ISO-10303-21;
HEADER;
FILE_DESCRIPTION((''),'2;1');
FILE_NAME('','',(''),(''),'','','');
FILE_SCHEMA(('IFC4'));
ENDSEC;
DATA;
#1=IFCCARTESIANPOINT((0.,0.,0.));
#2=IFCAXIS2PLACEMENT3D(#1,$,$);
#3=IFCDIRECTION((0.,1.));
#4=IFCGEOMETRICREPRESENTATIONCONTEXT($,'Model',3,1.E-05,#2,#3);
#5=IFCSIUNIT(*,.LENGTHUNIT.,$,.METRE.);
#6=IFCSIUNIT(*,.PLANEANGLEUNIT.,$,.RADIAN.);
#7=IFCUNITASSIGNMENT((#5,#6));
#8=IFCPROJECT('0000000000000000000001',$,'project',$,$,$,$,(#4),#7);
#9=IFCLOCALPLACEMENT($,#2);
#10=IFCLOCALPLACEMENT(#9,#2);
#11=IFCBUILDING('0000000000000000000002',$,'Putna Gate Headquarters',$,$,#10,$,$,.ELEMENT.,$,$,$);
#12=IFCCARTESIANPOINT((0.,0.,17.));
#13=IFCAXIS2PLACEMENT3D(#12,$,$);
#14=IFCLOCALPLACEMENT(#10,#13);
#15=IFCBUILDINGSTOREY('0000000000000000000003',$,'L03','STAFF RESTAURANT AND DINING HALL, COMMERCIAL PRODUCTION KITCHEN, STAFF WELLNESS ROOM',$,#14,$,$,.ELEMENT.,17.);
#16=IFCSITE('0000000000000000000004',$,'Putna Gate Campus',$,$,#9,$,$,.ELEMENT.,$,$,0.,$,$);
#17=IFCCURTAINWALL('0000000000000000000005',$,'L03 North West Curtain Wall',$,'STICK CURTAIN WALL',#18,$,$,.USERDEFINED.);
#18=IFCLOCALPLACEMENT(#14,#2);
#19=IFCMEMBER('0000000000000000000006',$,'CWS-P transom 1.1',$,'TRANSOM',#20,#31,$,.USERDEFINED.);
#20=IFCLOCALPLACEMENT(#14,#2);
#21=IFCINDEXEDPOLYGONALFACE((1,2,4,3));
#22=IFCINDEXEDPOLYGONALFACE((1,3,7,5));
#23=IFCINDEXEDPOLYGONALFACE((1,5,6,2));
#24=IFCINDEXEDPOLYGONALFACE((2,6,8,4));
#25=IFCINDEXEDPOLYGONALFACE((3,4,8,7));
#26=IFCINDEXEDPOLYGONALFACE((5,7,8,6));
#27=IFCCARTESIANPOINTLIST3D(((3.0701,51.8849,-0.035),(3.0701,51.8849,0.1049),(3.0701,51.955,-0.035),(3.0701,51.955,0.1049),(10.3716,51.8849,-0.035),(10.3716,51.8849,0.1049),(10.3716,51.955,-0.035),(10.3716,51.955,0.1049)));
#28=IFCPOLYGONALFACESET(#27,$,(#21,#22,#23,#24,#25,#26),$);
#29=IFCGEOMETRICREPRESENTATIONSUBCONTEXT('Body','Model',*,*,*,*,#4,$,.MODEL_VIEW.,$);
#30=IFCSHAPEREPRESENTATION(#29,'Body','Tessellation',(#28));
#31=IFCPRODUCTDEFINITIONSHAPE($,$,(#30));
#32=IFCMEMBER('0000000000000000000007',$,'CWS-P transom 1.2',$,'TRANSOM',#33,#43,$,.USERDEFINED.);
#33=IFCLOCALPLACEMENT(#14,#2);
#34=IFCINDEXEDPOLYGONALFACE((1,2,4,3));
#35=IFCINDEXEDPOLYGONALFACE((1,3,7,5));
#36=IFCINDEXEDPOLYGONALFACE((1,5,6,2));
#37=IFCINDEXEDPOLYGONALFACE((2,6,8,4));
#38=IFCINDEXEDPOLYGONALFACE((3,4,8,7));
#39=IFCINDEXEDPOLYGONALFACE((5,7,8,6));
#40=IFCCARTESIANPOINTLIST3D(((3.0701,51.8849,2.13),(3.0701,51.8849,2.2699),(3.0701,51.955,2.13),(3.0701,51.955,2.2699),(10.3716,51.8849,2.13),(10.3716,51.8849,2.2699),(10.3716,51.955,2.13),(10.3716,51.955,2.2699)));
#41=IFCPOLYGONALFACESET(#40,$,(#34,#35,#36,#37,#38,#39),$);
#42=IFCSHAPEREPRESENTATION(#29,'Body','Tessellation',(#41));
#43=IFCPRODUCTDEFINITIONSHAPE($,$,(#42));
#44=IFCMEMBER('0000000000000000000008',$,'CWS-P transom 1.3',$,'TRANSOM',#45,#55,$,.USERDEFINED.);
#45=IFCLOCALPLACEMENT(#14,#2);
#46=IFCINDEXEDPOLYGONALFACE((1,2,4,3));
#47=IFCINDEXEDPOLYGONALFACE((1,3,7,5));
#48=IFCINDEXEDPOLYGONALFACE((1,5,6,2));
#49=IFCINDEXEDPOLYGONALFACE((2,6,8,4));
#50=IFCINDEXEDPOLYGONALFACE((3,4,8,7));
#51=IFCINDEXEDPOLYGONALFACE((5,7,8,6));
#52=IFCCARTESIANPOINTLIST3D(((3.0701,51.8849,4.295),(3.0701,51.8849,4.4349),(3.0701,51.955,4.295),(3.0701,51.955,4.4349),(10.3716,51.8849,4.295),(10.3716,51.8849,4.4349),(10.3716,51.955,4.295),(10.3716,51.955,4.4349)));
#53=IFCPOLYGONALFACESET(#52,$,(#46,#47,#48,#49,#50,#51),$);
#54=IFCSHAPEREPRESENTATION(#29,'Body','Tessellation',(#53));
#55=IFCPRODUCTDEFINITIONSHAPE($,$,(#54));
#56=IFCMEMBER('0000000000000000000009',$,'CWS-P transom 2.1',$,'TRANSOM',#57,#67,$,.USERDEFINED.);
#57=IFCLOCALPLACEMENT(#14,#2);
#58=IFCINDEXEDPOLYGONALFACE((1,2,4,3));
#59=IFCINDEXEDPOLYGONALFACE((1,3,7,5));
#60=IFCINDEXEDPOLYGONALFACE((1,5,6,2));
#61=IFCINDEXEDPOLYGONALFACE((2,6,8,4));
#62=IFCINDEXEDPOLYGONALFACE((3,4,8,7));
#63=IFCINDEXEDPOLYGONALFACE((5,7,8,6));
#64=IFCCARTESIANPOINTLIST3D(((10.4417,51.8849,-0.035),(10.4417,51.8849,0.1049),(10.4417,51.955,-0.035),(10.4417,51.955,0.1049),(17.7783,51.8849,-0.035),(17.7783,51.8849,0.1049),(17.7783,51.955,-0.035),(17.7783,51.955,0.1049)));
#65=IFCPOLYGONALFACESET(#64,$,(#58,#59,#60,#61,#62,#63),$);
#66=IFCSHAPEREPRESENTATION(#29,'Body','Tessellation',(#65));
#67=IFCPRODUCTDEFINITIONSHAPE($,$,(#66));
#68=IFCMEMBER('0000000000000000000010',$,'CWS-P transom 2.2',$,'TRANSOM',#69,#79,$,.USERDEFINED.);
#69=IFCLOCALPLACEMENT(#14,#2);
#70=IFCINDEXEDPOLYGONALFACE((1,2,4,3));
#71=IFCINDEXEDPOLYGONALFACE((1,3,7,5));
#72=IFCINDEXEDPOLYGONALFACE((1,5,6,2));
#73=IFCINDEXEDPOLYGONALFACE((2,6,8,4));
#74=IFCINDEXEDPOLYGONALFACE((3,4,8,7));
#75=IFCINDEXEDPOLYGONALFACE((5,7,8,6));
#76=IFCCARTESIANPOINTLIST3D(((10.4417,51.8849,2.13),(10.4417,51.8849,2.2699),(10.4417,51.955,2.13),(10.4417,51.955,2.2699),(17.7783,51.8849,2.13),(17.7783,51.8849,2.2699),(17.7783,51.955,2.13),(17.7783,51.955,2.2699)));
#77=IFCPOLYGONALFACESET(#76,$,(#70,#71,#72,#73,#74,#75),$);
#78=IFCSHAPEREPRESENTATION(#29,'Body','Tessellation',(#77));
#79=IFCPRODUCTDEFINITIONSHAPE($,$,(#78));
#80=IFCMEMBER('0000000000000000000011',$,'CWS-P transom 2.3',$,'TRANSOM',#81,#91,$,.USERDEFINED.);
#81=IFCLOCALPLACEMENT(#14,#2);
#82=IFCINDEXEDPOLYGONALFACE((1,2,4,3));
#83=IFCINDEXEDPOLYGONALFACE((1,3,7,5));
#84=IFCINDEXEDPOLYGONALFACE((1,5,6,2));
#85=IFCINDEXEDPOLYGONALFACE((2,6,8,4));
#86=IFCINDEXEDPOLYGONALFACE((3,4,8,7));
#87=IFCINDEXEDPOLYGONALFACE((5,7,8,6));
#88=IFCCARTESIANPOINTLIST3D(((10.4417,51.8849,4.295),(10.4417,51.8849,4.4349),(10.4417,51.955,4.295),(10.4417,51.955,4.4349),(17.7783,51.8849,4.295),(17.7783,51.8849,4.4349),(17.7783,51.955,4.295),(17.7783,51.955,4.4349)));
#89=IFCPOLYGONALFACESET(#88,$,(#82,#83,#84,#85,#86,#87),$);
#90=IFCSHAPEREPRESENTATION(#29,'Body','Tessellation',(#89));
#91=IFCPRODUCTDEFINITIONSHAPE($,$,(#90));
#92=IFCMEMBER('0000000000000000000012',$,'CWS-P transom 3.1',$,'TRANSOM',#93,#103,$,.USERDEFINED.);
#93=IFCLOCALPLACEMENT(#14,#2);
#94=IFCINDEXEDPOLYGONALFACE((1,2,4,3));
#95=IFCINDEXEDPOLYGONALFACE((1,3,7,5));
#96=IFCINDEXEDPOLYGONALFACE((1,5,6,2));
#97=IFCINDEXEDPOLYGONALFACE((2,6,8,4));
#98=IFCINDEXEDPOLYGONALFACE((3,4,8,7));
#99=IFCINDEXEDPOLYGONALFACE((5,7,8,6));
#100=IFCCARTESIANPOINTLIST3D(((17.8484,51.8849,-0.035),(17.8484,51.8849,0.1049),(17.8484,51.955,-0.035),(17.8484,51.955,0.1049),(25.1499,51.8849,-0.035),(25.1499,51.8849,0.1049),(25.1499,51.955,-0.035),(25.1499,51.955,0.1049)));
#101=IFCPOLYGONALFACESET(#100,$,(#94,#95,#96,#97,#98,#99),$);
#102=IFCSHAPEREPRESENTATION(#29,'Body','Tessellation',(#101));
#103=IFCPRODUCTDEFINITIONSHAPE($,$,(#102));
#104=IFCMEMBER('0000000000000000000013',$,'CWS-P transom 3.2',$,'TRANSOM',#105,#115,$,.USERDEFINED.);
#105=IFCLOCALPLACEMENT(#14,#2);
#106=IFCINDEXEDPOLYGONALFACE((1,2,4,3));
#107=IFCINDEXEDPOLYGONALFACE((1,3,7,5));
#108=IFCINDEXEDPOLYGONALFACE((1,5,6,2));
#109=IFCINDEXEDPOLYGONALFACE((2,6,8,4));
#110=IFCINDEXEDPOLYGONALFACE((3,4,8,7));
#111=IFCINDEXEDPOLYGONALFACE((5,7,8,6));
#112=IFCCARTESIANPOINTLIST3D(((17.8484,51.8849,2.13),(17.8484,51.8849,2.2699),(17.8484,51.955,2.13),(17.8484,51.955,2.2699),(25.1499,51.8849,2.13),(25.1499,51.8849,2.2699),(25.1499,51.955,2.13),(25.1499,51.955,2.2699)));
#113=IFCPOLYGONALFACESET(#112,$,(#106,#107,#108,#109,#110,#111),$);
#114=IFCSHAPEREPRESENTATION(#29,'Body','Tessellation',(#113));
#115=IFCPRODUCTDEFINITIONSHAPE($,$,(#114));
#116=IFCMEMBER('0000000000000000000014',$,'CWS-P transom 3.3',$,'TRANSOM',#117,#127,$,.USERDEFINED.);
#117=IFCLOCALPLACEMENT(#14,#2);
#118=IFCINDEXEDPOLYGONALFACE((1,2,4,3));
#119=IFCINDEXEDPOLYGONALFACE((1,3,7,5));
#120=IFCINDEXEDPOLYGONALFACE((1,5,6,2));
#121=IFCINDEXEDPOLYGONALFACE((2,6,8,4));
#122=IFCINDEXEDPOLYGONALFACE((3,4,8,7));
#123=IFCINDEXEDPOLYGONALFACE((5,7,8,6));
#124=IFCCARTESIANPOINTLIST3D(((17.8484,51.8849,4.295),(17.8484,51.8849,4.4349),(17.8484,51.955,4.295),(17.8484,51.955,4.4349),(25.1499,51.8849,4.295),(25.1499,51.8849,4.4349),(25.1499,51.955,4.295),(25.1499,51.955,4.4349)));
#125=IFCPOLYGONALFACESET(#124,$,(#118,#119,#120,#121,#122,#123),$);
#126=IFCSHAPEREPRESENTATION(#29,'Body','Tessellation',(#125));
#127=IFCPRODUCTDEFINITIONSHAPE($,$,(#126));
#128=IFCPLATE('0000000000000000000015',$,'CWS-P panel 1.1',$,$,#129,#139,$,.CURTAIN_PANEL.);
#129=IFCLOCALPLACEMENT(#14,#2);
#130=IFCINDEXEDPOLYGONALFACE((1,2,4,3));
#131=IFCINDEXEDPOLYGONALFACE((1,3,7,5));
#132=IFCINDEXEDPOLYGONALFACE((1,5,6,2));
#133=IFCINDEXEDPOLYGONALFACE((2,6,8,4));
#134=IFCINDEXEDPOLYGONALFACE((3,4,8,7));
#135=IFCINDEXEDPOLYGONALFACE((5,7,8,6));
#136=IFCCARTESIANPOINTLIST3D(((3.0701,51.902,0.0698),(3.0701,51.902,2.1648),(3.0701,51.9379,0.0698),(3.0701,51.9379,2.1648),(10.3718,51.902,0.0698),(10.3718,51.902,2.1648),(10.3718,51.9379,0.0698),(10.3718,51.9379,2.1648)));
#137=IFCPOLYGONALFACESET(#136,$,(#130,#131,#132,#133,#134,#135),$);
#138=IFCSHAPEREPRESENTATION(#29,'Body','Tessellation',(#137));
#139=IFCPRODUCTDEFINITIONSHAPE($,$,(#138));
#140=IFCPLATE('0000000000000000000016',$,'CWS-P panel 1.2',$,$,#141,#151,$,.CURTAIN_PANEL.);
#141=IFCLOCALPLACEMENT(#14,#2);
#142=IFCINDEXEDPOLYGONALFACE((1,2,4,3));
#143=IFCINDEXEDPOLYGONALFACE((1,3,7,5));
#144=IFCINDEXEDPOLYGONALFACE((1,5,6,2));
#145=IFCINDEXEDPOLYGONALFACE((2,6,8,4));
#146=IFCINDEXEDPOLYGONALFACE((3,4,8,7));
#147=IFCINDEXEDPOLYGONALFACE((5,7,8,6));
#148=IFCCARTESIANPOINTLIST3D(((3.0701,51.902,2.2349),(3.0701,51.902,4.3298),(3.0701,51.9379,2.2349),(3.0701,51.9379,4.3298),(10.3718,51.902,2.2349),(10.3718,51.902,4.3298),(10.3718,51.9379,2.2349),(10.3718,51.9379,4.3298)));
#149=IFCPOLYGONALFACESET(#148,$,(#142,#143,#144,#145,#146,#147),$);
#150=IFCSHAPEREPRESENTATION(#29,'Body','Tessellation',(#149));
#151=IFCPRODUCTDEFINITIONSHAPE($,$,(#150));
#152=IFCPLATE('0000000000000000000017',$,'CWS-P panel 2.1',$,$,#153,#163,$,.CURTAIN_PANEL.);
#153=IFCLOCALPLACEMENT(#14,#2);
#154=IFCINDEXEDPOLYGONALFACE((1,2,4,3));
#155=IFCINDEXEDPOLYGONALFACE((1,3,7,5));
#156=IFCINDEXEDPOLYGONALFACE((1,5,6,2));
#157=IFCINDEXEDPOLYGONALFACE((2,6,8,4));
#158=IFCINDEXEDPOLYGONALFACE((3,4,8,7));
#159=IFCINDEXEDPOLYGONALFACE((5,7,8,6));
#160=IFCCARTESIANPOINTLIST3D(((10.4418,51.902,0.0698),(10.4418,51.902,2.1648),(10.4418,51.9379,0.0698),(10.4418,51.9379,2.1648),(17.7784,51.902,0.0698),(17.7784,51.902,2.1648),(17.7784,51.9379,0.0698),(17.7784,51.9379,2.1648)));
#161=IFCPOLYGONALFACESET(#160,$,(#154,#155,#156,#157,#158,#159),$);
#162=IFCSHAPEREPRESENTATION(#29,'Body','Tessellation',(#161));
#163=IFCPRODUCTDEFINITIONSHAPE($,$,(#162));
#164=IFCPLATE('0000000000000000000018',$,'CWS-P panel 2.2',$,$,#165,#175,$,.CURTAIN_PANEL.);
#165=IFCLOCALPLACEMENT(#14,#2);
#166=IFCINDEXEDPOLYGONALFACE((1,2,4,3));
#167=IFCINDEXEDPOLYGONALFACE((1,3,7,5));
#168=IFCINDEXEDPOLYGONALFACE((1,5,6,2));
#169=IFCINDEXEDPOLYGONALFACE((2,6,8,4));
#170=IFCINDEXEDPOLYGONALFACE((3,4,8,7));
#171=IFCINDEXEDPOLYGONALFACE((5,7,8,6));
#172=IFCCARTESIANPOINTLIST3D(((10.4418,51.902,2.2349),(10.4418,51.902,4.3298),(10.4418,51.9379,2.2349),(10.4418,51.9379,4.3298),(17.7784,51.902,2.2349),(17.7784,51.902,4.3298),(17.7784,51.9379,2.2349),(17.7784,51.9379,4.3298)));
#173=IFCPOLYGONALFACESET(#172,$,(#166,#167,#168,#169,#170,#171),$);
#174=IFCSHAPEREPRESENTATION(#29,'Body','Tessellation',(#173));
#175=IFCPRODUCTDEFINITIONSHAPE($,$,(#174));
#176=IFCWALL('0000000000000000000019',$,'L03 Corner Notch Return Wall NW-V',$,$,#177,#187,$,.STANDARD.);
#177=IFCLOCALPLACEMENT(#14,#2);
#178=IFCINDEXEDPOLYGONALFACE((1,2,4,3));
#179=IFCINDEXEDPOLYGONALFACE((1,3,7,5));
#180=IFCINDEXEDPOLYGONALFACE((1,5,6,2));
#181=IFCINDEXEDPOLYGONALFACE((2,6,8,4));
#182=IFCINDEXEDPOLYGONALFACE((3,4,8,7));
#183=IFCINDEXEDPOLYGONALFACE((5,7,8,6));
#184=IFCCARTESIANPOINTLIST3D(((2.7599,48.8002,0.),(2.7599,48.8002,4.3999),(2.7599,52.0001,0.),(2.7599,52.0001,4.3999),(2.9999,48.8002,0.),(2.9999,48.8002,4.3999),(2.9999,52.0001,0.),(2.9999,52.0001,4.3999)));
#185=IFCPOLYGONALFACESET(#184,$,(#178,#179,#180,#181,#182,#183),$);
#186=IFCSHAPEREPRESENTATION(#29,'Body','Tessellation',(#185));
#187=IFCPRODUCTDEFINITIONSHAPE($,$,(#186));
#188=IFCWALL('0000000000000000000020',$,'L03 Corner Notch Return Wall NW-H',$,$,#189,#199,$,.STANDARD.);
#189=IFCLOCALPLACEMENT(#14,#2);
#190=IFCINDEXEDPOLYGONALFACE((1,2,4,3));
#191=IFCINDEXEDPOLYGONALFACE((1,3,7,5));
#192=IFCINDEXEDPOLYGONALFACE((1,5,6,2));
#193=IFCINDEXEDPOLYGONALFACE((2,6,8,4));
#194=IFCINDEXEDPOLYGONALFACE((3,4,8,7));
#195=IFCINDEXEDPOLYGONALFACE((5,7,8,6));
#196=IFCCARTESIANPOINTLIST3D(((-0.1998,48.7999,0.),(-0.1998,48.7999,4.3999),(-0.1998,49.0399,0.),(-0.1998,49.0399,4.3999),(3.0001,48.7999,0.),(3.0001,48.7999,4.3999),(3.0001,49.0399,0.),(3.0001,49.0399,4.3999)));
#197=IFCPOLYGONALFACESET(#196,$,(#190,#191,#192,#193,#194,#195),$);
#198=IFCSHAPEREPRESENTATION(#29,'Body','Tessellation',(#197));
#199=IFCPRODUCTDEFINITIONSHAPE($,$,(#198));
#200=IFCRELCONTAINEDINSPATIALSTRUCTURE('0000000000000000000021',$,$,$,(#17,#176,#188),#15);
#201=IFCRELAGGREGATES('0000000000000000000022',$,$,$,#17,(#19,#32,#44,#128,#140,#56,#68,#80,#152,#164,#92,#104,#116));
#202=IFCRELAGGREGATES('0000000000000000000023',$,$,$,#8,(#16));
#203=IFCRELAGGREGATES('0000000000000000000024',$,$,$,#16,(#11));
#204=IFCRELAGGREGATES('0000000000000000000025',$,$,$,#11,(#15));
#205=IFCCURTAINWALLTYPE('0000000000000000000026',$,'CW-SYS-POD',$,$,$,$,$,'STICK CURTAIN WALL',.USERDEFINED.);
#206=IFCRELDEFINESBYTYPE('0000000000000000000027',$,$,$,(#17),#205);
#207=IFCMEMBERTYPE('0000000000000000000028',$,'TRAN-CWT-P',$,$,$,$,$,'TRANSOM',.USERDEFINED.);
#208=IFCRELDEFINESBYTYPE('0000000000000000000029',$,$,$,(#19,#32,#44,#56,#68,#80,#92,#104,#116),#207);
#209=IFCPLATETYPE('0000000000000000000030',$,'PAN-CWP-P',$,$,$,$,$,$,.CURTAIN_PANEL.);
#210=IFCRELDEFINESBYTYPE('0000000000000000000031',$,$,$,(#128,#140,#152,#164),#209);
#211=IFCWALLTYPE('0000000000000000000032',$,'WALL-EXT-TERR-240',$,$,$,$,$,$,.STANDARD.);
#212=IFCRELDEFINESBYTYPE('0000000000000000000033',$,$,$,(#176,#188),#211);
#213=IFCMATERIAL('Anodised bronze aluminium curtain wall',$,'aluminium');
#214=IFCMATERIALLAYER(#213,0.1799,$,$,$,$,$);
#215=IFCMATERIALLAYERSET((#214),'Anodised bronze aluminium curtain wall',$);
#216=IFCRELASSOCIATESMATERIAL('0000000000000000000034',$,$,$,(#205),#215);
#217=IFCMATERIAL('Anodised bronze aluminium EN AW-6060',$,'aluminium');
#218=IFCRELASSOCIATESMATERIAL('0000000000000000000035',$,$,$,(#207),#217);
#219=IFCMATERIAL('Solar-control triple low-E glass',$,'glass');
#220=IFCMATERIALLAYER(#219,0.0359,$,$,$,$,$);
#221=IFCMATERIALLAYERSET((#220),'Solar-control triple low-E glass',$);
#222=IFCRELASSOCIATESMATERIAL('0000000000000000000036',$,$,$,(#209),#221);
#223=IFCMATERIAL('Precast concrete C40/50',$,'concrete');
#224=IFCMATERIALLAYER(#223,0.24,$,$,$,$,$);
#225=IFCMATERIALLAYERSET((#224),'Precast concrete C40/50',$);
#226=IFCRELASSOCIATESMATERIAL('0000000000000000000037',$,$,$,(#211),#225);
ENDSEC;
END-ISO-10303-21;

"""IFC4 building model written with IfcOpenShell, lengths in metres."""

from ifc_helpers import new_model, si_unit, direction, frame, frame_2d, origin, origin_2d, place, context, subcontext, project, spatial, rectangle, extrude, material, layer, layer_set, material_profile, profile_set, type_object, element, aggregate, save


model = new_model("IFC4")

# Units and contexts
model_context = context("Model", 3, precision=1e-05, world=origin(), true_north=direction((0.0, 1.0)))
body_context = subcontext(model_context, "Body", "Model", "MODEL_VIEW")
ifc_project = project(units=[si_unit("LENGTHUNIT", "METRE"), si_unit("PLANEANGLEUNIT", "RADIAN")], contexts=[model_context])

# Site, building, storey
site_placement = place(None, origin())
site = spatial("IfcSite", under=ifc_project, at=site_placement, Name="Putna Gate Campus", CompositionType="ELEMENT", RefElevation=0.0)
building_placement = place(site_placement, origin())
building = spatial("IfcBuilding", under=site, at=building_placement, Name="Putna Gate Headquarters", CompositionType="ELEMENT")
storey_placement = place(building_placement, frame((0.0, 0.0, 17.0)))
storey = spatial("IfcBuildingStorey", under=building, at=storey_placement, Name="L03", Description="STAFF RESTAURANT AND DINING HALL, COMMERCIAL PRODUCTION KITCHEN, STAFF WELLNESS ROOM", CompositionType="ELEMENT", Elevation=17.0)

# Curtain wall, members, plates
ifc_material_1 = material(Name="Anodised bronze aluminium curtain wall", Category="aluminium")
ifc_layer_1 = layer(ifc_material_1, 0.1799)
ifc_layer_set_1 = layer_set([ifc_layer_1], Name="Anodised bronze aluminium curtain wall")
curtain_wall_type = type_object("IfcCurtainWallType", Name="CW-SYS-POD", ElementType="STICK CURTAIN WALL", PredefinedType="USERDEFINED", material=ifc_layer_set_1)
curtain_wall_placement = place(storey_placement, origin())
curtain_wall = element("IfcCurtainWall", 1, at=curtain_wall_placement, inside=storey, type_object=curtain_wall_type, Name="L03 North West Curtain Wall", ObjectType="STICK CURTAIN WALL", PredefinedType="USERDEFINED")
ifc_material_2 = material(Name="Anodised bronze aluminium EN AW-6060", Category="aluminium")
ifc_material_profile_1 = material_profile(ifc_material_2, rectangle(XDim=0.0701, YDim=0.1399, at=origin_2d()), Name="Anodised bronze aluminium EN AW-6060")
ifc_profile_set_1 = profile_set([ifc_material_profile_1], Name="Anodised bronze aluminium EN AW-6060")
member_type_1 = type_object("IfcMemberType", Name="TRAN-CWT-P", ElementType="TRANSOM", PredefinedType="USERDEFINED", material=ifc_profile_set_1)
member_1_placement = place(storey_placement, frame((3.0701, 51.9199, 0.0349), z_axis=(1.0, 0.0, 0.0), x_axis=(0.0, 1.0, 0.0)))
member_1 = element("IfcMember", 2, at=member_1_placement, type_object=member_type_1, Name="CWS-P transom 1.1", ObjectType="TRANSOM", PredefinedType="USERDEFINED", context=body_context, shape_type="SweptSolid", body=[
    extrude(rectangle(XDim=0.0701, YDim=0.1399, at=origin_2d()), origin(), (0.0, 0.0, 1.0), 7.3015),
])
member_2_placement = place(storey_placement, frame((3.0701, 51.9199, 2.2), z_axis=(1.0, 0.0, 0.0), x_axis=(0.0, 1.0, 0.0)))
member_2 = element("IfcMember", 3, at=member_2_placement, type_object=member_type_1, Name="CWS-P transom 1.2", ObjectType="TRANSOM", PredefinedType="USERDEFINED", context=body_context, shape_type="SweptSolid", body=[
    extrude(rectangle(XDim=0.0701, YDim=0.1399, at=origin_2d()), origin(), (0.0, 0.0, 1.0), 7.3015),
])
member_3_placement = place(storey_placement, frame((3.0701, 51.9199, 4.365), z_axis=(1.0, 0.0, 0.0), x_axis=(0.0, 1.0, 0.0)))
member_3 = element("IfcMember", 4, at=member_3_placement, type_object=member_type_1, Name="CWS-P transom 1.3", ObjectType="TRANSOM", PredefinedType="USERDEFINED", context=body_context, shape_type="SweptSolid", body=[
    extrude(rectangle(XDim=0.0701, YDim=0.1399, at=origin_2d()), origin(), (0.0, 0.0, 1.0), 7.3015),
])
member_4_placement = place(storey_placement, frame((10.4417, 51.9199, 0.0349), z_axis=(1.0, 0.0, 0.0), x_axis=(0.0, 1.0, 0.0)))
member_4 = element("IfcMember", 5, at=member_4_placement, type_object=member_type_1, Name="CWS-P transom 2.1", ObjectType="TRANSOM", PredefinedType="USERDEFINED", context=body_context, shape_type="SweptSolid", body=[
    extrude(rectangle(XDim=0.0701, YDim=0.1399, at=origin_2d()), origin(), (0.0, 0.0, 1.0), 7.3367),
])
member_5_placement = place(storey_placement, frame((10.4417, 51.9199, 2.2), z_axis=(1.0, 0.0, 0.0), x_axis=(0.0, 1.0, 0.0)))
member_5 = element("IfcMember", 6, at=member_5_placement, type_object=member_type_1, Name="CWS-P transom 2.2", ObjectType="TRANSOM", PredefinedType="USERDEFINED", context=body_context, shape_type="SweptSolid", body=[
    extrude(rectangle(XDim=0.0701, YDim=0.1399, at=origin_2d()), origin(), (0.0, 0.0, 1.0), 7.3367),
])
member_6_placement = place(storey_placement, frame((10.4417, 51.9199, 4.365), z_axis=(1.0, 0.0, 0.0), x_axis=(0.0, 1.0, 0.0)))
member_6 = element("IfcMember", 7, at=member_6_placement, type_object=member_type_1, Name="CWS-P transom 2.3", ObjectType="TRANSOM", PredefinedType="USERDEFINED", context=body_context, shape_type="SweptSolid", body=[
    extrude(rectangle(XDim=0.0701, YDim=0.1399, at=origin_2d()), origin(), (0.0, 0.0, 1.0), 7.3367),
])
member_7_placement = place(storey_placement, frame((17.8484, 51.9199, 0.0349), z_axis=(1.0, 0.0, 0.0), x_axis=(0.0, 1.0, 0.0)))
member_7 = element("IfcMember", 8, at=member_7_placement, type_object=member_type_1, Name="CWS-P transom 3.1", ObjectType="TRANSOM", PredefinedType="USERDEFINED", context=body_context, shape_type="SweptSolid", body=[
    extrude(rectangle(XDim=0.0701, YDim=0.1399, at=origin_2d()), origin(), (0.0, 0.0, 1.0), 7.3015),
])
member_8_placement = place(storey_placement, frame((17.8484, 51.9199, 2.2), z_axis=(1.0, 0.0, 0.0), x_axis=(0.0, 1.0, 0.0)))
member_8 = element("IfcMember", 9, at=member_8_placement, type_object=member_type_1, Name="CWS-P transom 3.2", ObjectType="TRANSOM", PredefinedType="USERDEFINED", context=body_context, shape_type="SweptSolid", body=[
    extrude(rectangle(XDim=0.0701, YDim=0.1399, at=origin_2d()), origin(), (0.0, 0.0, 1.0), 7.3015),
])
member_9_placement = place(storey_placement, frame((17.8484, 51.9199, 4.365), z_axis=(1.0, 0.0, 0.0), x_axis=(0.0, 1.0, 0.0)))
member_9 = element("IfcMember", 10, at=member_9_placement, type_object=member_type_1, Name="CWS-P transom 3.3", ObjectType="TRANSOM", PredefinedType="USERDEFINED", context=body_context, shape_type="SweptSolid", body=[
    extrude(rectangle(XDim=0.0701, YDim=0.1399, at=origin_2d()), origin(), (0.0, 0.0, 1.0), 7.3015),
])
ifc_material_3 = material(Name="Solar-control triple low-E glass", Category="glass")
ifc_layer_2 = layer(ifc_material_3, 0.0359)
ifc_layer_set_2 = layer_set([ifc_layer_2], Name="Solar-control triple low-E glass")
plate_type = type_object("IfcPlateType", Name="PAN-CWP-P", PredefinedType="CURTAIN_PANEL", material=ifc_layer_set_2)
plate_1_placement = place(storey_placement, frame((6.7209, 51.9199, 0.0698), z_axis=(0.0, 0.0, 1.0), x_axis=(1.0, 0.0, 0.0)))
plate_1 = element("IfcPlate", 11, at=plate_1_placement, type_object=plate_type, Name="CWS-P panel 1.1", PredefinedType="CURTAIN_PANEL", context=body_context, shape_type="SweptSolid", body=[
    extrude(rectangle(XDim=7.3018, YDim=0.0359, at=origin_2d()), origin(), (0.0, 0.0, 1.0), 2.095),
])
plate_2_placement = place(storey_placement, frame((6.7209, 51.9199, 2.2349), z_axis=(0.0, 0.0, 1.0), x_axis=(1.0, 0.0, 0.0)))
plate_2 = element("IfcPlate", 12, at=plate_2_placement, type_object=plate_type, Name="CWS-P panel 1.2", PredefinedType="CURTAIN_PANEL", context=body_context, shape_type="SweptSolid", body=[
    extrude(rectangle(XDim=7.3018, YDim=0.0359, at=origin_2d()), origin(), (0.0, 0.0, 1.0), 2.095),
])
plate_3_placement = place(storey_placement, frame((14.1101, 51.9199, 0.0698), z_axis=(0.0, 0.0, 1.0), x_axis=(1.0, 0.0, 0.0)))
plate_3 = element("IfcPlate", 13, at=plate_3_placement, type_object=plate_type, Name="CWS-P panel 2.1", PredefinedType="CURTAIN_PANEL", context=body_context, shape_type="SweptSolid", body=[
    extrude(rectangle(XDim=7.3367, YDim=0.0359, at=origin_2d()), origin(), (0.0, 0.0, 1.0), 2.095),
])
plate_4_placement = place(storey_placement, frame((14.1101, 51.9199, 2.2349), z_axis=(0.0, 0.0, 1.0), x_axis=(1.0, 0.0, 0.0)))
plate_4 = element("IfcPlate", 14, at=plate_4_placement, type_object=plate_type, Name="CWS-P panel 2.2", PredefinedType="CURTAIN_PANEL", context=body_context, shape_type="SweptSolid", body=[
    extrude(rectangle(XDim=7.3367, YDim=0.0359, at=origin_2d()), origin(), (0.0, 0.0, 1.0), 2.095),
])
aggregate(curtain_wall, [member_1, member_2, member_3, plate_1, plate_2, member_4, member_5, member_6, plate_3, plate_4, member_7, member_8, member_9])

# Walls
ifc_material_4 = material(Name="Precast concrete C40/50", Category="concrete")
ifc_layer_3 = layer(ifc_material_4, 0.24)
ifc_layer_set_3 = layer_set([ifc_layer_3], Name="Precast concrete C40/50")
wall_type = type_object("IfcWallType", Name="WALL-EXT-TERR-240", PredefinedType="STANDARD", material=ifc_layer_set_3)
for number, where, z_axis, x_axis, name in (
    (15, (2.8799, 48.8, 0.0), (0.0, 0.0, 1.0), (0.0, 1.0, 0.0), "L03 Corner Notch Return Wall NW-V"),
    (16, (-0.2, 48.9199, 0.0), (0.0, 0.0, 1.0), (1.0, 0.0, 0.0), "L03 Corner Notch Return Wall NW-H"),
):
    element("IfcWall", number, at=place(storey_placement, frame(where, z_axis=z_axis, x_axis=x_axis)), inside=storey, type_object=wall_type, Name=name, PredefinedType="STANDARD", context=body_context, shape_type="SweptSolid", body=[
        extrude(rectangle(XDim=3.2, YDim=0.24, at=frame_2d((1.6001, 0.0))), origin(), (0.0, 0.0, 1.0), 4.3999),
    ])

save(model, "model.ifc")
